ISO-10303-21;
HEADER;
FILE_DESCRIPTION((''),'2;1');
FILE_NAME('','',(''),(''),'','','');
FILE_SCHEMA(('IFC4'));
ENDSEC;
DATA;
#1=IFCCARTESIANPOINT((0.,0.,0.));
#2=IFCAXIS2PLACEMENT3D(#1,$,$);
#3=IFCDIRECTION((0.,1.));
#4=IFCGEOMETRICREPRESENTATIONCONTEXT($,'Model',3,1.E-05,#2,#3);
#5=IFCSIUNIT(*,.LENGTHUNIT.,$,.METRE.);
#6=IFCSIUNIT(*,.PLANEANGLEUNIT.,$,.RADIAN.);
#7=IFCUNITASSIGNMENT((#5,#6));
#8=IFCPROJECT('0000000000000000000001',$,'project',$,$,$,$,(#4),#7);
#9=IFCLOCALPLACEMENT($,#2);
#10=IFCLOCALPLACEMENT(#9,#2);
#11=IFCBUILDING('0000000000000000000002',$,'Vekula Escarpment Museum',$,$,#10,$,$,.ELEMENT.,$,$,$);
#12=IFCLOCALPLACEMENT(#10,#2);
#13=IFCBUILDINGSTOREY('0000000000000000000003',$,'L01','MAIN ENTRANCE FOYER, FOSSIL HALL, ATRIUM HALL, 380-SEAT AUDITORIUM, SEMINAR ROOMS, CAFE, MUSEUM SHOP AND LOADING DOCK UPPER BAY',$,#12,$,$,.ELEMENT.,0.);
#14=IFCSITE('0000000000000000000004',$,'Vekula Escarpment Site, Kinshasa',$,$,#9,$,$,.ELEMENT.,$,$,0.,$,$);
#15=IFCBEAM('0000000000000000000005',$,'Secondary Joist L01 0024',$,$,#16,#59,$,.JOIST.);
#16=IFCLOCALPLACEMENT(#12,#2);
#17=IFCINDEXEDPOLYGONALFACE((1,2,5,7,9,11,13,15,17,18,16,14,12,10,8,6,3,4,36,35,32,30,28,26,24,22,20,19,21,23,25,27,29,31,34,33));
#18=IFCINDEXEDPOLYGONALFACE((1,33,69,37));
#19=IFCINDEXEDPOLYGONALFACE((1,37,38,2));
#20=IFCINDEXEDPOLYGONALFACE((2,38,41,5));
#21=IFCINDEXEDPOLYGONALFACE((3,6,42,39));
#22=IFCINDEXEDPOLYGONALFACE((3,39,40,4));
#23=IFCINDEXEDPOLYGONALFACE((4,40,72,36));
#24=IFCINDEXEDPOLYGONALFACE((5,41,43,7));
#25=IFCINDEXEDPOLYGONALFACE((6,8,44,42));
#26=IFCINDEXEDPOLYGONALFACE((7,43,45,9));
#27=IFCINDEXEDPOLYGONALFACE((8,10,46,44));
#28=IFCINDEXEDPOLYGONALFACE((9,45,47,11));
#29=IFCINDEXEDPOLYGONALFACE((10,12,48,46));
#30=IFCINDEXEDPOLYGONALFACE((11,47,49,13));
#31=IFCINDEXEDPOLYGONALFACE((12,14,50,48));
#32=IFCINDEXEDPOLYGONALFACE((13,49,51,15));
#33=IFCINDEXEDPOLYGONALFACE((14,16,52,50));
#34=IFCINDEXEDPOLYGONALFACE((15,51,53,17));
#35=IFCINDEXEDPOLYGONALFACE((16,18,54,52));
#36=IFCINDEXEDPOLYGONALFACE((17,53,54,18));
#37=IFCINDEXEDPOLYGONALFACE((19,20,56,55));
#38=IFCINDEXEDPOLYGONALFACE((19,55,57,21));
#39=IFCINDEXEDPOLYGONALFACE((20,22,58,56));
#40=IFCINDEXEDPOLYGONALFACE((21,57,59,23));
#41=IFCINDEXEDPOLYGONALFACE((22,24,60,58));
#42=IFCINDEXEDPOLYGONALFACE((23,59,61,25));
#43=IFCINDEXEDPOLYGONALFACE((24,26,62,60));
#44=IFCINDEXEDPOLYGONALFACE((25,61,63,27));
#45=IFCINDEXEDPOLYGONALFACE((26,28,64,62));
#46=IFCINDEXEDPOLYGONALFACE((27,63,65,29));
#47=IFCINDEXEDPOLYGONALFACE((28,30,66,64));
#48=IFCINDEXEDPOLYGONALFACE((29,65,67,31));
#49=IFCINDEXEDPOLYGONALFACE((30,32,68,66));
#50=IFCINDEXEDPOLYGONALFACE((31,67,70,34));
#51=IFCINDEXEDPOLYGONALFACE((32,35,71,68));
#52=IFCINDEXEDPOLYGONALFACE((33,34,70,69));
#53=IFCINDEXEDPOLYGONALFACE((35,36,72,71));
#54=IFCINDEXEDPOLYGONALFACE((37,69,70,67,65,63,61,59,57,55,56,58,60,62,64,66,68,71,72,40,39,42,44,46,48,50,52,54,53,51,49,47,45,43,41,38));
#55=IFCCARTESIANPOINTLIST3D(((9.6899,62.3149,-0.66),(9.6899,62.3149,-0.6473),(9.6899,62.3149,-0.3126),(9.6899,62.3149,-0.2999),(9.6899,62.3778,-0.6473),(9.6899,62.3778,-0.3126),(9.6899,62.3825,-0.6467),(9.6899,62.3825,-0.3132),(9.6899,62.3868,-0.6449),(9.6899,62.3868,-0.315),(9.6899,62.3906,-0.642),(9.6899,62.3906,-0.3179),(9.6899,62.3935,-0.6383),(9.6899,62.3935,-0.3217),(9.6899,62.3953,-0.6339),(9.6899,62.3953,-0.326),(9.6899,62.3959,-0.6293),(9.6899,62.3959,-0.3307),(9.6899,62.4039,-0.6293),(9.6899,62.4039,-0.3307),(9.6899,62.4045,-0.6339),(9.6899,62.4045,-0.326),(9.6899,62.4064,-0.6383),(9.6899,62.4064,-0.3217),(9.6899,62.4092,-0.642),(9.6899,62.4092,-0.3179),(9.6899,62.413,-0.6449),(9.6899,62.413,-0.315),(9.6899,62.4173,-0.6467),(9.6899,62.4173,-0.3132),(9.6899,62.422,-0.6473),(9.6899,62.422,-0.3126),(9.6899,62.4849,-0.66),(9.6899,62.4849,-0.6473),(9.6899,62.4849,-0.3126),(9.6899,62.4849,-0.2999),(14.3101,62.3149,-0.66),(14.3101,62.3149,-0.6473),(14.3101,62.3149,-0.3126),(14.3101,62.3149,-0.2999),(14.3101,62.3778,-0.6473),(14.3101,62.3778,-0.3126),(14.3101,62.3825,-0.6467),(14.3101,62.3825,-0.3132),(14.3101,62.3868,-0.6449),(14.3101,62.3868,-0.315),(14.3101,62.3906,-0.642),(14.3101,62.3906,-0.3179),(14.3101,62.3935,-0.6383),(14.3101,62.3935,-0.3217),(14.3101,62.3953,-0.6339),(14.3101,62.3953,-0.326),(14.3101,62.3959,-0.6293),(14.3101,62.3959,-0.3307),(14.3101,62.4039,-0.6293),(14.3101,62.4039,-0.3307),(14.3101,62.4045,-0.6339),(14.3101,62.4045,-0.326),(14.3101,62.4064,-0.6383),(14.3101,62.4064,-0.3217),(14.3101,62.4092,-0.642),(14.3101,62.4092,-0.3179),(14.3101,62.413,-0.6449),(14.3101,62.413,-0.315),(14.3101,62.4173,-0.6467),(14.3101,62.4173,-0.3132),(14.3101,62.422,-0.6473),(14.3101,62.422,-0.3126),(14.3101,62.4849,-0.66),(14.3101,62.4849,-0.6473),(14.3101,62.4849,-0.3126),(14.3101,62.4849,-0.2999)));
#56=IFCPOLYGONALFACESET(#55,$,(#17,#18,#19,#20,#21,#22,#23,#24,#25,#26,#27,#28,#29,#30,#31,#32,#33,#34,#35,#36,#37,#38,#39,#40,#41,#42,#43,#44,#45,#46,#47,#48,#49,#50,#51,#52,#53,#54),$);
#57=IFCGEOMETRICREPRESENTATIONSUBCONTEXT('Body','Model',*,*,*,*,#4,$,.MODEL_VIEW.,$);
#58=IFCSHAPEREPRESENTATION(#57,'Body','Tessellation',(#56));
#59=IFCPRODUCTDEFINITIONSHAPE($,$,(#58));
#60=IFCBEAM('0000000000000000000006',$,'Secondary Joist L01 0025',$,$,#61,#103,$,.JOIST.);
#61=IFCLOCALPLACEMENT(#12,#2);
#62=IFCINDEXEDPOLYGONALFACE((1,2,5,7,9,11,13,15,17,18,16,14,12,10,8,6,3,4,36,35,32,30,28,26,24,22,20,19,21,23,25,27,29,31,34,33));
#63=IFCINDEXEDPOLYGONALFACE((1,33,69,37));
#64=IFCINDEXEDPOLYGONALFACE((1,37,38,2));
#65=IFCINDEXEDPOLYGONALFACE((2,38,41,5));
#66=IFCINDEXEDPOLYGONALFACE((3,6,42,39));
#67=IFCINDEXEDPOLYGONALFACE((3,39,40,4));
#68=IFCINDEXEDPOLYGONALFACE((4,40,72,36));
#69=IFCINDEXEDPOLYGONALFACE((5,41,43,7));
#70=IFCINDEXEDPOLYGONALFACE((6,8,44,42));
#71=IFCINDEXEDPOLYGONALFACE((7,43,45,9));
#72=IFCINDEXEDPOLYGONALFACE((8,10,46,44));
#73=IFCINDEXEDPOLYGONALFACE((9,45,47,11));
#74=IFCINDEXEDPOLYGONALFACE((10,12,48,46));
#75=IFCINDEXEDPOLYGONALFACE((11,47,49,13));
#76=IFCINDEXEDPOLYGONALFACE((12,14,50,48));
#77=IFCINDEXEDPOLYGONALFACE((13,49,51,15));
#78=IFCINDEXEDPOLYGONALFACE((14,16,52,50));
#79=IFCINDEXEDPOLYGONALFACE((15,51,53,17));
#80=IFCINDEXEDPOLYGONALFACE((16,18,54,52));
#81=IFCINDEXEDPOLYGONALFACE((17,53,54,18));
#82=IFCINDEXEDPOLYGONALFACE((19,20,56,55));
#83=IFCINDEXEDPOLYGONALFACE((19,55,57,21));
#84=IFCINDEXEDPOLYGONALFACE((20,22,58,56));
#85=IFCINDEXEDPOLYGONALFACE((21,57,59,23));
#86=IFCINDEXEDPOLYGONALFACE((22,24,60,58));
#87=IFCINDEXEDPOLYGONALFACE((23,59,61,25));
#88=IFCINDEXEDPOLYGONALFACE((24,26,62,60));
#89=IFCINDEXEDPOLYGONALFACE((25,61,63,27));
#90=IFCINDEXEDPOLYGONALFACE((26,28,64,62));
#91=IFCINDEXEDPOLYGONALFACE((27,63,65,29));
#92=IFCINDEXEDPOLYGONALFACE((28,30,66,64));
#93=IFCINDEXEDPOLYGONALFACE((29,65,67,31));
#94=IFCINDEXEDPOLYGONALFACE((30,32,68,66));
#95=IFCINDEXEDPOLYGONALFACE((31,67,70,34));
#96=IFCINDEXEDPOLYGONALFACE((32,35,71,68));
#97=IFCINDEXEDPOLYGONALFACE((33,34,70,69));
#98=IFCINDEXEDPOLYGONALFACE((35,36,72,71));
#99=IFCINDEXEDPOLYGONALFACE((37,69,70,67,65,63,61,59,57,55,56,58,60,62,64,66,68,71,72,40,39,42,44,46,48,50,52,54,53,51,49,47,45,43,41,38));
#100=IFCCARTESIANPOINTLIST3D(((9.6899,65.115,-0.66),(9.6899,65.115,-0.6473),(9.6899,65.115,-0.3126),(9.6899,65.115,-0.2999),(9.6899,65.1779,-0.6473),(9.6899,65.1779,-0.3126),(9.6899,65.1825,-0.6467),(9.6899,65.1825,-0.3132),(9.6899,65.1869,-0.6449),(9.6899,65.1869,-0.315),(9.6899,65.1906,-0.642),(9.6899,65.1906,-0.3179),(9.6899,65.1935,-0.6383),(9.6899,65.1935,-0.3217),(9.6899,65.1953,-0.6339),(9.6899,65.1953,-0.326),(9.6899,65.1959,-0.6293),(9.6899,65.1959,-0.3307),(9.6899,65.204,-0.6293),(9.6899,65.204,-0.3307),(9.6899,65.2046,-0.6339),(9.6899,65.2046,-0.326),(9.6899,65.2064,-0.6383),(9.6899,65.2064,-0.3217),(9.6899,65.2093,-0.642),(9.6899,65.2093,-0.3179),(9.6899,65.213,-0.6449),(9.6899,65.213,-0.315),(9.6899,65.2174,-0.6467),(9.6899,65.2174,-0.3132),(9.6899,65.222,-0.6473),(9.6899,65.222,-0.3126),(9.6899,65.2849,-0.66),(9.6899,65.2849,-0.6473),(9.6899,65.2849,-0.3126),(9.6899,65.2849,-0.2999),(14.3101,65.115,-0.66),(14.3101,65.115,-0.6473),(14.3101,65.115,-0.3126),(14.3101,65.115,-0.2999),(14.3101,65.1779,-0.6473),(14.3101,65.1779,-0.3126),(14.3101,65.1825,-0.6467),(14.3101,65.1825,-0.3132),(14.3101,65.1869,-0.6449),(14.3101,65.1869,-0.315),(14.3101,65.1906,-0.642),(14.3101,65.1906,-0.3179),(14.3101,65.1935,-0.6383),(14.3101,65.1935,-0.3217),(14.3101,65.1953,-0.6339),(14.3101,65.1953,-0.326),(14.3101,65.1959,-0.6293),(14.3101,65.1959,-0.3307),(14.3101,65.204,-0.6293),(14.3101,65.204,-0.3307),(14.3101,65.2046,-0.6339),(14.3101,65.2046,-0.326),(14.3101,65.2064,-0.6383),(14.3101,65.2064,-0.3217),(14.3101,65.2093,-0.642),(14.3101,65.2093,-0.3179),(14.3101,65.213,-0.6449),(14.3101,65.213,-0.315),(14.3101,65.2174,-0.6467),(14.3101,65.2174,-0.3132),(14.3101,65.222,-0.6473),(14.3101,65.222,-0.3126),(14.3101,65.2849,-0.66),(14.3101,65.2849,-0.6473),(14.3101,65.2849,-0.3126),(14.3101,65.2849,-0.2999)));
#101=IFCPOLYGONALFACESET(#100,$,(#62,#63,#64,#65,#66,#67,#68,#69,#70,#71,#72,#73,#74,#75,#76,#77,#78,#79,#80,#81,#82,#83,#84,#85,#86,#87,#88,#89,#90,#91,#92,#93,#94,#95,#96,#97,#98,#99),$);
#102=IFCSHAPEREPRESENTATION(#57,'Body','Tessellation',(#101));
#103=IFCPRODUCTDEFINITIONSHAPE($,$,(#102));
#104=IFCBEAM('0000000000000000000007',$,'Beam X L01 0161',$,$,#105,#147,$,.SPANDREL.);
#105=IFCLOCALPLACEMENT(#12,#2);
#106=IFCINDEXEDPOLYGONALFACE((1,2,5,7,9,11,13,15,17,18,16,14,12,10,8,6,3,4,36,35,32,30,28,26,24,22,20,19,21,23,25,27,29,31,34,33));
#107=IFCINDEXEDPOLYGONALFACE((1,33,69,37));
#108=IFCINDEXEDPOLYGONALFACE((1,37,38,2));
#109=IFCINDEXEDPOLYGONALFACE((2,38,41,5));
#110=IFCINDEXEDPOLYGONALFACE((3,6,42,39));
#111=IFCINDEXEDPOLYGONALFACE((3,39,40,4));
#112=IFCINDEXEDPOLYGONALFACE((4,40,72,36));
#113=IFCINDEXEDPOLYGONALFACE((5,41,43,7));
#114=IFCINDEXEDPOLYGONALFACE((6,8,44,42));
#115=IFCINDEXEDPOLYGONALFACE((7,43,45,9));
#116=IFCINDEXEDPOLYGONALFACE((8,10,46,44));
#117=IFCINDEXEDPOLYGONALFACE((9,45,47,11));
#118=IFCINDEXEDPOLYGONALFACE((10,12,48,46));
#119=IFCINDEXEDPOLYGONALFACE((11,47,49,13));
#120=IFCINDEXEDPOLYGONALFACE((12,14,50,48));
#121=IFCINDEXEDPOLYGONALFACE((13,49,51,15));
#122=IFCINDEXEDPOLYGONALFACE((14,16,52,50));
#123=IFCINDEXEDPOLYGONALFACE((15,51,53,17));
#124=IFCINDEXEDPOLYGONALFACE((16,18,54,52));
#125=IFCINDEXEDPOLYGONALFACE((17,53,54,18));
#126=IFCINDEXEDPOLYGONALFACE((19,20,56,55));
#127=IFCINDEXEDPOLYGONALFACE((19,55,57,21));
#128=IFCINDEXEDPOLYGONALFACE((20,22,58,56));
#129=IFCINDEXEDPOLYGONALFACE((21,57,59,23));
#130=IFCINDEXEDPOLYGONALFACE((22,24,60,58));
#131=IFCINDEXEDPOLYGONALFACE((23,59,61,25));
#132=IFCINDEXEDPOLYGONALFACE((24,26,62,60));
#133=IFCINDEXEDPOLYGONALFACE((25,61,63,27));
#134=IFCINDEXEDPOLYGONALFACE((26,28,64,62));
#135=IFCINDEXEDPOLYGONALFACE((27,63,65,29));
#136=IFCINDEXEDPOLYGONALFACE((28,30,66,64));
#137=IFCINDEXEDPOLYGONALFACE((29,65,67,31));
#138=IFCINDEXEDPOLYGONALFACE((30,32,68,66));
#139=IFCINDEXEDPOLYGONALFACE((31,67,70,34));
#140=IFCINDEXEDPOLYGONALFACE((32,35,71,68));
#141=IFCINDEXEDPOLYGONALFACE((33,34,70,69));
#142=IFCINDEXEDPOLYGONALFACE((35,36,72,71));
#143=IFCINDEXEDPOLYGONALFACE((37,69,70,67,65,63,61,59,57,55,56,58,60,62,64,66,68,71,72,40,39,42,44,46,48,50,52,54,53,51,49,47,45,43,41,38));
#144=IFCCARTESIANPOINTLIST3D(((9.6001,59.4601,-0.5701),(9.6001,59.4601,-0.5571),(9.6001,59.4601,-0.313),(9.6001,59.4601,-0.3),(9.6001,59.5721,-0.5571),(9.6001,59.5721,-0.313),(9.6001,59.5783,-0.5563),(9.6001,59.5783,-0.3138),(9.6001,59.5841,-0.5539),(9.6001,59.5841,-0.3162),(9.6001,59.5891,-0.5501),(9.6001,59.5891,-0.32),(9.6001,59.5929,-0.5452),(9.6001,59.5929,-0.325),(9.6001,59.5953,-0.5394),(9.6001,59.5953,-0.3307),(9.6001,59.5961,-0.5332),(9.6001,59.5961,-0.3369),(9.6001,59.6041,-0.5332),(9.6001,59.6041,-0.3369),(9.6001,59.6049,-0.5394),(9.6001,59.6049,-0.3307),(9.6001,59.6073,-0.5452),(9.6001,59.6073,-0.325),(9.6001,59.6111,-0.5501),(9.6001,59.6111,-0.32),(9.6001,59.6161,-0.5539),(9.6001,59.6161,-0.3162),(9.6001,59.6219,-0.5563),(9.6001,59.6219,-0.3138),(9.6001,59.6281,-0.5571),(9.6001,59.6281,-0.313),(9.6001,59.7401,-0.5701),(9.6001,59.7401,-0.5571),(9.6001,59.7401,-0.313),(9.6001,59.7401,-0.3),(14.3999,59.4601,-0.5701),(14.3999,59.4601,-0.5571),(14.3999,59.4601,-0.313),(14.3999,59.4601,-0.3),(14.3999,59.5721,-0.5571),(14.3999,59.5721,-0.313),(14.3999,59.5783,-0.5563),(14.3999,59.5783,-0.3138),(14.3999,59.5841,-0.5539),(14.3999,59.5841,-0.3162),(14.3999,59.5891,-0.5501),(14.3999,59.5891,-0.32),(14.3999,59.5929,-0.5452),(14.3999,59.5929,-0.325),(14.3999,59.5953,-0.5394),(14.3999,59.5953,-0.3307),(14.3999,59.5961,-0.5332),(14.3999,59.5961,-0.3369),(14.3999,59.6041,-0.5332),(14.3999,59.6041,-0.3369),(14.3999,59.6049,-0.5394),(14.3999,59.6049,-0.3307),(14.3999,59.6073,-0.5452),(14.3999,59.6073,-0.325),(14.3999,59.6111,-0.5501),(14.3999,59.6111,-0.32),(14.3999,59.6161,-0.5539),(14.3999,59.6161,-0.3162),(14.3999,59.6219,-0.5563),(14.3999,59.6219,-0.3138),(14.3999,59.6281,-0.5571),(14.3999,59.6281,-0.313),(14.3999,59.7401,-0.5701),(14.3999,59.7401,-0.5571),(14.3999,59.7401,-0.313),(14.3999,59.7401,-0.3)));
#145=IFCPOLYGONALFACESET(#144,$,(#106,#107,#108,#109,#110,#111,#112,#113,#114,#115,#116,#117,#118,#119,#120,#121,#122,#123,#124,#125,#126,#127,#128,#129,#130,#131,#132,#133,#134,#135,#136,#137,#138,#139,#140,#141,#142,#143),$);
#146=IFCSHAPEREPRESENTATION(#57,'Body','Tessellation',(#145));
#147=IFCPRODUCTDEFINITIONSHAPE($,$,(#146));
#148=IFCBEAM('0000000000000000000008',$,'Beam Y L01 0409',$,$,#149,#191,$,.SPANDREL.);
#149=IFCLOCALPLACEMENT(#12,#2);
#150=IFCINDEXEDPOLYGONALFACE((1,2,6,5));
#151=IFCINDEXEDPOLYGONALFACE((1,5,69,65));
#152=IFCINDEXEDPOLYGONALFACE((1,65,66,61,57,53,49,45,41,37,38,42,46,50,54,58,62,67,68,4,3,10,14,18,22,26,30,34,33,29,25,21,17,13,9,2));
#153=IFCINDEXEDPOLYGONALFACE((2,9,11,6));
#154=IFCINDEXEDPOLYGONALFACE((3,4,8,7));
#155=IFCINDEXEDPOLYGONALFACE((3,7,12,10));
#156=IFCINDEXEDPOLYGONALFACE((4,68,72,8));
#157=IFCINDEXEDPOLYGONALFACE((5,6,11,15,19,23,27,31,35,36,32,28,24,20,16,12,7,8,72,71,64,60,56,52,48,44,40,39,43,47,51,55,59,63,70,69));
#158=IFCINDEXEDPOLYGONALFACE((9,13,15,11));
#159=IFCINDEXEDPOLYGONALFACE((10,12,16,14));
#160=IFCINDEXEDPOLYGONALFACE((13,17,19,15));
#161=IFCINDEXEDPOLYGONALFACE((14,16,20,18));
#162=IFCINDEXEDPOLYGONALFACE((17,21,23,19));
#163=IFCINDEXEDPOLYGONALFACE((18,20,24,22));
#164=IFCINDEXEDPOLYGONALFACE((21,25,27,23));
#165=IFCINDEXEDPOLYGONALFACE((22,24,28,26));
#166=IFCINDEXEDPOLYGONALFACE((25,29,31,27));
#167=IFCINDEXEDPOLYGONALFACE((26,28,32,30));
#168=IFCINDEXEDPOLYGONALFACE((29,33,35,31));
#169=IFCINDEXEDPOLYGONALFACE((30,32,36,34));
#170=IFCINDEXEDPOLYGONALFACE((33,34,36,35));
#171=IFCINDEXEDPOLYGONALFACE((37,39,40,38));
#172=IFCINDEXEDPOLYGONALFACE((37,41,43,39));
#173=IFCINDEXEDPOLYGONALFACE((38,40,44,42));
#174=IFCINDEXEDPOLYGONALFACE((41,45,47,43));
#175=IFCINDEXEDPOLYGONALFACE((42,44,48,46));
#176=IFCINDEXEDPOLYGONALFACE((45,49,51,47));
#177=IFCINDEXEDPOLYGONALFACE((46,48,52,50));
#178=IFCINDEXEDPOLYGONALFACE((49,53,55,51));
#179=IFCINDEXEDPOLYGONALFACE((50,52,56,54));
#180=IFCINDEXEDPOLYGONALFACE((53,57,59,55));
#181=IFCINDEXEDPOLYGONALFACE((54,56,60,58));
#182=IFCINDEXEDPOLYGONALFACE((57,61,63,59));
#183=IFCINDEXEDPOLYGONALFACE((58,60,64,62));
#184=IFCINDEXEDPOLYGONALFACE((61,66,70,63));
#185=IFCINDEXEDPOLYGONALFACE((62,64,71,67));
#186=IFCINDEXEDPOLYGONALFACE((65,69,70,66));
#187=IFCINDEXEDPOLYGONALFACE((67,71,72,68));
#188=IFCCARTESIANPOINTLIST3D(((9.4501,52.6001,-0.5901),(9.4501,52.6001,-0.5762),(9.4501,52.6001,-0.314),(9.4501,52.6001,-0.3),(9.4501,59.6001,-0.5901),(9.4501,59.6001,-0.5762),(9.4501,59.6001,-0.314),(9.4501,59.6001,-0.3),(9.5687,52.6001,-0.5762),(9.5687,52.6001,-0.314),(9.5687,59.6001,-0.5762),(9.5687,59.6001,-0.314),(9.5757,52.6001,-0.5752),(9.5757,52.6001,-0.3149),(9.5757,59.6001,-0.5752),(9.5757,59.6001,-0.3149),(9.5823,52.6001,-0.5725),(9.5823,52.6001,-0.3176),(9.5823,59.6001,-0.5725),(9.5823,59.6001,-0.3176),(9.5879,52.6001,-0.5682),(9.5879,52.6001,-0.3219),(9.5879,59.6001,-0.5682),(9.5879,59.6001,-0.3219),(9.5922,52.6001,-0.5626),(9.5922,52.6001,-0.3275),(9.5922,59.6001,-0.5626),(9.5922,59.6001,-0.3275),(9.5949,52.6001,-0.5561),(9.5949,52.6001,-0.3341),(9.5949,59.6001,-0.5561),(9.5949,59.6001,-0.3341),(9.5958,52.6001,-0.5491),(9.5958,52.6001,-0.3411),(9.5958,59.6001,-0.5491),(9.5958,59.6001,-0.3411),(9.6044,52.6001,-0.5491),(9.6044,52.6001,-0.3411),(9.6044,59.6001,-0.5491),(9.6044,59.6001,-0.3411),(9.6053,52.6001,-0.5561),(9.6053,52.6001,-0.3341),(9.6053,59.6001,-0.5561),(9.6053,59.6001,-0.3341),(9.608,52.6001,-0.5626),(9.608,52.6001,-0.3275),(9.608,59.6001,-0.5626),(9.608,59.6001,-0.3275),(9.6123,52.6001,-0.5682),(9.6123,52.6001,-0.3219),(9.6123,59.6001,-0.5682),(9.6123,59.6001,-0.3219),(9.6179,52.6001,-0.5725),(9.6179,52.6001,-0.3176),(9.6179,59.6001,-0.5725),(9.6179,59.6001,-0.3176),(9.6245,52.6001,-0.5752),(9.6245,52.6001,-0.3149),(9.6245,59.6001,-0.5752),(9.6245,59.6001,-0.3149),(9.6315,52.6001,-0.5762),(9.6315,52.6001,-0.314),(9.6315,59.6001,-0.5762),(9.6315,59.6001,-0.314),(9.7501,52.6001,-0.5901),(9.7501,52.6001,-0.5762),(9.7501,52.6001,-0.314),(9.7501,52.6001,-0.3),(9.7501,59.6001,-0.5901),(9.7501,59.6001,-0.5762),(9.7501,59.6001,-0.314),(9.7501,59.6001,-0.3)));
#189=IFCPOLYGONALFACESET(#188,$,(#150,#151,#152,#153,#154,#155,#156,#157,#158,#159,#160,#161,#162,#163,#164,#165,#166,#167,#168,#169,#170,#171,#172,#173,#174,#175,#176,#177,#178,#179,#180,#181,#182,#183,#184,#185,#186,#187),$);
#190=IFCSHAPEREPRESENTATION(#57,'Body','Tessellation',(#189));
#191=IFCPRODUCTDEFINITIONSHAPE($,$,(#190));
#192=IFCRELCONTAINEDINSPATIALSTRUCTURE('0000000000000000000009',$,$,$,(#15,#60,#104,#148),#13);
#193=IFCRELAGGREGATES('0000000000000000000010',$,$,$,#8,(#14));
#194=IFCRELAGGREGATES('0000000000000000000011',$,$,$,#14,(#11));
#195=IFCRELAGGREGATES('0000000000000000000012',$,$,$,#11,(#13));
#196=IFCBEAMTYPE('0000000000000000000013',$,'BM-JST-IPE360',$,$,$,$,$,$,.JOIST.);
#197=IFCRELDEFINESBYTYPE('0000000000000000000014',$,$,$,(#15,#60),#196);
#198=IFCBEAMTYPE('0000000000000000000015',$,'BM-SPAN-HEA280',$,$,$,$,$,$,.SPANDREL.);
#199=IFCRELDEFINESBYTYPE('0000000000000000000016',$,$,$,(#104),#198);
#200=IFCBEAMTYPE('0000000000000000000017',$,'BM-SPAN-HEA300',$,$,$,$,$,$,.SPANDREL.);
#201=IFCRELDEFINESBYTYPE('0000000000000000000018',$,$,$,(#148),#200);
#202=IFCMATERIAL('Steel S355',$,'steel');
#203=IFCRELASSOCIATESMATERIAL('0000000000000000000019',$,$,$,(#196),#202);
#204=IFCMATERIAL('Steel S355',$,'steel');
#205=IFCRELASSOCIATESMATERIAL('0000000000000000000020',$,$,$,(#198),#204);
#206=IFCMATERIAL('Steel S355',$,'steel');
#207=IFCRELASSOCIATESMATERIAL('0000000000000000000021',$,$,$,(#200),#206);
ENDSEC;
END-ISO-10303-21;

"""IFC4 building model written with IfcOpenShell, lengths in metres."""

from ifc_helpers import new_model, si_unit, direction, frame, origin, origin_2d, place, context, subcontext, project, spatial, i_section, extrude, material, material_profile, profile_set, type_object, element, save


model = new_model("IFC4")

# Units and contexts
model_context = context("Model", 3, precision=1e-05, world=origin(), true_north=direction((0.0, 1.0)))
body_context = subcontext(model_context, "Body", "Model", "MODEL_VIEW")
ifc_project = project(units=[si_unit("LENGTHUNIT", "METRE"), si_unit("PLANEANGLEUNIT", "RADIAN")], contexts=[model_context])

# Site, building, storey
site_placement = place(None, origin())
site = spatial("IfcSite", under=ifc_project, at=site_placement, Name="Vekula Escarpment Site, Kinshasa", CompositionType="ELEMENT", RefElevation=0.0)
building_placement = place(site_placement, origin())
building = spatial("IfcBuilding", under=site, at=building_placement, Name="Vekula Escarpment Museum", CompositionType="ELEMENT")
storey_placement = place(building_placement, origin())
storey = spatial("IfcBuildingStorey", under=building, at=storey_placement, Name="L01", Description="MAIN ENTRANCE FOYER, FOSSIL HALL, ATRIUM HALL, 380-SEAT AUDITORIUM, SEMINAR ROOMS, CAFE, MUSEUM SHOP AND LOADING DOCK UPPER BAY", CompositionType="ELEMENT", Elevation=0.0)

# Beams
ifc_material_1 = material(Name="Steel S355", Category="steel")
ifc_material_profile_1 = material_profile(ifc_material_1, i_section(OverallWidth=0.1699, OverallDepth=0.3601, WebThickness=0.0081, FlangeThickness=0.0127, FilletRadius=0.0181, at=origin_2d()), Name="IPE 360")
ifc_profile_set_1 = profile_set([ifc_material_profile_1], Name="Steel S355")
beam_type_1 = type_object("IfcBeamType", Name="BM-JST-IPE360", PredefinedType="JOIST", material=ifc_profile_set_1)
for number, where, z_axis, x_axis, name in (
    (1, (9.6899, 62.3999, -0.48), (1.0, 0.0, 0.0), (0.0, 1.0, 0.0), "Secondary Joist L01 0024"),
    (2, (9.6899, 65.2, -0.48), (1.0, 0.0, 0.0), (0.0, 1.0, 0.0), "Secondary Joist L01 0025"),
):
    element("IfcBeam", number, at=place(storey_placement, frame(where, z_axis=z_axis, x_axis=x_axis)), inside=storey, type_object=beam_type_1, Name=name, PredefinedType="JOIST", context=body_context, shape_type="SweptSolid", body=[
        extrude(i_section(OverallWidth=0.1699, OverallDepth=0.3601, WebThickness=0.0081, FlangeThickness=0.0127, FilletRadius=0.0181, at=origin_2d()), origin(), (0.0, 0.0, 1.0), 4.6201),
    ])
ifc_material_2 = material(Name="Steel S355", Category="steel")
ifc_material_profile_2 = material_profile(ifc_material_2, i_section(OverallWidth=0.28, OverallDepth=0.27, WebThickness=0.0081, FlangeThickness=0.0129, FilletRadius=0.0239, at=origin_2d()), Name="HEA 280")
ifc_profile_set_2 = profile_set([ifc_material_profile_2], Name="Steel S355")
beam_type_2 = type_object("IfcBeamType", Name="BM-SPAN-HEA280", PredefinedType="SPANDREL", material=ifc_profile_set_2)
beam_1_placement = place(storey_placement, frame((9.6001, 59.6001, -0.4351), z_axis=(1.0, 0.0, 0.0), x_axis=(0.0, 1.0, 0.0)))
element("IfcBeam", 3, at=beam_1_placement, inside=storey, type_object=beam_type_2, Name="Beam X L01 0161", PredefinedType="SPANDREL", context=body_context, shape_type="SweptSolid", body=[
    extrude(i_section(OverallWidth=0.28, OverallDepth=0.27, WebThickness=0.0081, FlangeThickness=0.0129, FilletRadius=0.0239, at=origin_2d()), origin(), (0.0, 0.0, 1.0), 4.7998),
])
ifc_material_3 = material(Name="Steel S355", Category="steel")
ifc_material_profile_3 = material_profile(ifc_material_3, i_section(OverallWidth=0.3, OverallDepth=0.29, WebThickness=0.0085, FlangeThickness=0.0139, FilletRadius=0.0271, at=origin_2d()), Name="HEA 300")
ifc_profile_set_3 = profile_set([ifc_material_profile_3], Name="Steel S355")
beam_type_3 = type_object("IfcBeamType", Name="BM-SPAN-HEA300", PredefinedType="SPANDREL", material=ifc_profile_set_3)
beam_2_placement = place(storey_placement, frame((9.6001, 52.6001, -0.4451), z_axis=(0.0, 1.0, 0.0), x_axis=(-1.0, 0.0, 0.0)))
element("IfcBeam", 4, at=beam_2_placement, inside=storey, type_object=beam_type_3, Name="Beam Y L01 0409", PredefinedType="SPANDREL", context=body_context, shape_type="SweptSolid", body=[
    extrude(i_section(OverallWidth=0.3, OverallDepth=0.29, WebThickness=0.0085, FlangeThickness=0.0139, FilletRadius=0.0271, at=origin_2d()), origin(), (0.0, 0.0, 1.0), 7.0),
])

save(model, "model.ifc")
